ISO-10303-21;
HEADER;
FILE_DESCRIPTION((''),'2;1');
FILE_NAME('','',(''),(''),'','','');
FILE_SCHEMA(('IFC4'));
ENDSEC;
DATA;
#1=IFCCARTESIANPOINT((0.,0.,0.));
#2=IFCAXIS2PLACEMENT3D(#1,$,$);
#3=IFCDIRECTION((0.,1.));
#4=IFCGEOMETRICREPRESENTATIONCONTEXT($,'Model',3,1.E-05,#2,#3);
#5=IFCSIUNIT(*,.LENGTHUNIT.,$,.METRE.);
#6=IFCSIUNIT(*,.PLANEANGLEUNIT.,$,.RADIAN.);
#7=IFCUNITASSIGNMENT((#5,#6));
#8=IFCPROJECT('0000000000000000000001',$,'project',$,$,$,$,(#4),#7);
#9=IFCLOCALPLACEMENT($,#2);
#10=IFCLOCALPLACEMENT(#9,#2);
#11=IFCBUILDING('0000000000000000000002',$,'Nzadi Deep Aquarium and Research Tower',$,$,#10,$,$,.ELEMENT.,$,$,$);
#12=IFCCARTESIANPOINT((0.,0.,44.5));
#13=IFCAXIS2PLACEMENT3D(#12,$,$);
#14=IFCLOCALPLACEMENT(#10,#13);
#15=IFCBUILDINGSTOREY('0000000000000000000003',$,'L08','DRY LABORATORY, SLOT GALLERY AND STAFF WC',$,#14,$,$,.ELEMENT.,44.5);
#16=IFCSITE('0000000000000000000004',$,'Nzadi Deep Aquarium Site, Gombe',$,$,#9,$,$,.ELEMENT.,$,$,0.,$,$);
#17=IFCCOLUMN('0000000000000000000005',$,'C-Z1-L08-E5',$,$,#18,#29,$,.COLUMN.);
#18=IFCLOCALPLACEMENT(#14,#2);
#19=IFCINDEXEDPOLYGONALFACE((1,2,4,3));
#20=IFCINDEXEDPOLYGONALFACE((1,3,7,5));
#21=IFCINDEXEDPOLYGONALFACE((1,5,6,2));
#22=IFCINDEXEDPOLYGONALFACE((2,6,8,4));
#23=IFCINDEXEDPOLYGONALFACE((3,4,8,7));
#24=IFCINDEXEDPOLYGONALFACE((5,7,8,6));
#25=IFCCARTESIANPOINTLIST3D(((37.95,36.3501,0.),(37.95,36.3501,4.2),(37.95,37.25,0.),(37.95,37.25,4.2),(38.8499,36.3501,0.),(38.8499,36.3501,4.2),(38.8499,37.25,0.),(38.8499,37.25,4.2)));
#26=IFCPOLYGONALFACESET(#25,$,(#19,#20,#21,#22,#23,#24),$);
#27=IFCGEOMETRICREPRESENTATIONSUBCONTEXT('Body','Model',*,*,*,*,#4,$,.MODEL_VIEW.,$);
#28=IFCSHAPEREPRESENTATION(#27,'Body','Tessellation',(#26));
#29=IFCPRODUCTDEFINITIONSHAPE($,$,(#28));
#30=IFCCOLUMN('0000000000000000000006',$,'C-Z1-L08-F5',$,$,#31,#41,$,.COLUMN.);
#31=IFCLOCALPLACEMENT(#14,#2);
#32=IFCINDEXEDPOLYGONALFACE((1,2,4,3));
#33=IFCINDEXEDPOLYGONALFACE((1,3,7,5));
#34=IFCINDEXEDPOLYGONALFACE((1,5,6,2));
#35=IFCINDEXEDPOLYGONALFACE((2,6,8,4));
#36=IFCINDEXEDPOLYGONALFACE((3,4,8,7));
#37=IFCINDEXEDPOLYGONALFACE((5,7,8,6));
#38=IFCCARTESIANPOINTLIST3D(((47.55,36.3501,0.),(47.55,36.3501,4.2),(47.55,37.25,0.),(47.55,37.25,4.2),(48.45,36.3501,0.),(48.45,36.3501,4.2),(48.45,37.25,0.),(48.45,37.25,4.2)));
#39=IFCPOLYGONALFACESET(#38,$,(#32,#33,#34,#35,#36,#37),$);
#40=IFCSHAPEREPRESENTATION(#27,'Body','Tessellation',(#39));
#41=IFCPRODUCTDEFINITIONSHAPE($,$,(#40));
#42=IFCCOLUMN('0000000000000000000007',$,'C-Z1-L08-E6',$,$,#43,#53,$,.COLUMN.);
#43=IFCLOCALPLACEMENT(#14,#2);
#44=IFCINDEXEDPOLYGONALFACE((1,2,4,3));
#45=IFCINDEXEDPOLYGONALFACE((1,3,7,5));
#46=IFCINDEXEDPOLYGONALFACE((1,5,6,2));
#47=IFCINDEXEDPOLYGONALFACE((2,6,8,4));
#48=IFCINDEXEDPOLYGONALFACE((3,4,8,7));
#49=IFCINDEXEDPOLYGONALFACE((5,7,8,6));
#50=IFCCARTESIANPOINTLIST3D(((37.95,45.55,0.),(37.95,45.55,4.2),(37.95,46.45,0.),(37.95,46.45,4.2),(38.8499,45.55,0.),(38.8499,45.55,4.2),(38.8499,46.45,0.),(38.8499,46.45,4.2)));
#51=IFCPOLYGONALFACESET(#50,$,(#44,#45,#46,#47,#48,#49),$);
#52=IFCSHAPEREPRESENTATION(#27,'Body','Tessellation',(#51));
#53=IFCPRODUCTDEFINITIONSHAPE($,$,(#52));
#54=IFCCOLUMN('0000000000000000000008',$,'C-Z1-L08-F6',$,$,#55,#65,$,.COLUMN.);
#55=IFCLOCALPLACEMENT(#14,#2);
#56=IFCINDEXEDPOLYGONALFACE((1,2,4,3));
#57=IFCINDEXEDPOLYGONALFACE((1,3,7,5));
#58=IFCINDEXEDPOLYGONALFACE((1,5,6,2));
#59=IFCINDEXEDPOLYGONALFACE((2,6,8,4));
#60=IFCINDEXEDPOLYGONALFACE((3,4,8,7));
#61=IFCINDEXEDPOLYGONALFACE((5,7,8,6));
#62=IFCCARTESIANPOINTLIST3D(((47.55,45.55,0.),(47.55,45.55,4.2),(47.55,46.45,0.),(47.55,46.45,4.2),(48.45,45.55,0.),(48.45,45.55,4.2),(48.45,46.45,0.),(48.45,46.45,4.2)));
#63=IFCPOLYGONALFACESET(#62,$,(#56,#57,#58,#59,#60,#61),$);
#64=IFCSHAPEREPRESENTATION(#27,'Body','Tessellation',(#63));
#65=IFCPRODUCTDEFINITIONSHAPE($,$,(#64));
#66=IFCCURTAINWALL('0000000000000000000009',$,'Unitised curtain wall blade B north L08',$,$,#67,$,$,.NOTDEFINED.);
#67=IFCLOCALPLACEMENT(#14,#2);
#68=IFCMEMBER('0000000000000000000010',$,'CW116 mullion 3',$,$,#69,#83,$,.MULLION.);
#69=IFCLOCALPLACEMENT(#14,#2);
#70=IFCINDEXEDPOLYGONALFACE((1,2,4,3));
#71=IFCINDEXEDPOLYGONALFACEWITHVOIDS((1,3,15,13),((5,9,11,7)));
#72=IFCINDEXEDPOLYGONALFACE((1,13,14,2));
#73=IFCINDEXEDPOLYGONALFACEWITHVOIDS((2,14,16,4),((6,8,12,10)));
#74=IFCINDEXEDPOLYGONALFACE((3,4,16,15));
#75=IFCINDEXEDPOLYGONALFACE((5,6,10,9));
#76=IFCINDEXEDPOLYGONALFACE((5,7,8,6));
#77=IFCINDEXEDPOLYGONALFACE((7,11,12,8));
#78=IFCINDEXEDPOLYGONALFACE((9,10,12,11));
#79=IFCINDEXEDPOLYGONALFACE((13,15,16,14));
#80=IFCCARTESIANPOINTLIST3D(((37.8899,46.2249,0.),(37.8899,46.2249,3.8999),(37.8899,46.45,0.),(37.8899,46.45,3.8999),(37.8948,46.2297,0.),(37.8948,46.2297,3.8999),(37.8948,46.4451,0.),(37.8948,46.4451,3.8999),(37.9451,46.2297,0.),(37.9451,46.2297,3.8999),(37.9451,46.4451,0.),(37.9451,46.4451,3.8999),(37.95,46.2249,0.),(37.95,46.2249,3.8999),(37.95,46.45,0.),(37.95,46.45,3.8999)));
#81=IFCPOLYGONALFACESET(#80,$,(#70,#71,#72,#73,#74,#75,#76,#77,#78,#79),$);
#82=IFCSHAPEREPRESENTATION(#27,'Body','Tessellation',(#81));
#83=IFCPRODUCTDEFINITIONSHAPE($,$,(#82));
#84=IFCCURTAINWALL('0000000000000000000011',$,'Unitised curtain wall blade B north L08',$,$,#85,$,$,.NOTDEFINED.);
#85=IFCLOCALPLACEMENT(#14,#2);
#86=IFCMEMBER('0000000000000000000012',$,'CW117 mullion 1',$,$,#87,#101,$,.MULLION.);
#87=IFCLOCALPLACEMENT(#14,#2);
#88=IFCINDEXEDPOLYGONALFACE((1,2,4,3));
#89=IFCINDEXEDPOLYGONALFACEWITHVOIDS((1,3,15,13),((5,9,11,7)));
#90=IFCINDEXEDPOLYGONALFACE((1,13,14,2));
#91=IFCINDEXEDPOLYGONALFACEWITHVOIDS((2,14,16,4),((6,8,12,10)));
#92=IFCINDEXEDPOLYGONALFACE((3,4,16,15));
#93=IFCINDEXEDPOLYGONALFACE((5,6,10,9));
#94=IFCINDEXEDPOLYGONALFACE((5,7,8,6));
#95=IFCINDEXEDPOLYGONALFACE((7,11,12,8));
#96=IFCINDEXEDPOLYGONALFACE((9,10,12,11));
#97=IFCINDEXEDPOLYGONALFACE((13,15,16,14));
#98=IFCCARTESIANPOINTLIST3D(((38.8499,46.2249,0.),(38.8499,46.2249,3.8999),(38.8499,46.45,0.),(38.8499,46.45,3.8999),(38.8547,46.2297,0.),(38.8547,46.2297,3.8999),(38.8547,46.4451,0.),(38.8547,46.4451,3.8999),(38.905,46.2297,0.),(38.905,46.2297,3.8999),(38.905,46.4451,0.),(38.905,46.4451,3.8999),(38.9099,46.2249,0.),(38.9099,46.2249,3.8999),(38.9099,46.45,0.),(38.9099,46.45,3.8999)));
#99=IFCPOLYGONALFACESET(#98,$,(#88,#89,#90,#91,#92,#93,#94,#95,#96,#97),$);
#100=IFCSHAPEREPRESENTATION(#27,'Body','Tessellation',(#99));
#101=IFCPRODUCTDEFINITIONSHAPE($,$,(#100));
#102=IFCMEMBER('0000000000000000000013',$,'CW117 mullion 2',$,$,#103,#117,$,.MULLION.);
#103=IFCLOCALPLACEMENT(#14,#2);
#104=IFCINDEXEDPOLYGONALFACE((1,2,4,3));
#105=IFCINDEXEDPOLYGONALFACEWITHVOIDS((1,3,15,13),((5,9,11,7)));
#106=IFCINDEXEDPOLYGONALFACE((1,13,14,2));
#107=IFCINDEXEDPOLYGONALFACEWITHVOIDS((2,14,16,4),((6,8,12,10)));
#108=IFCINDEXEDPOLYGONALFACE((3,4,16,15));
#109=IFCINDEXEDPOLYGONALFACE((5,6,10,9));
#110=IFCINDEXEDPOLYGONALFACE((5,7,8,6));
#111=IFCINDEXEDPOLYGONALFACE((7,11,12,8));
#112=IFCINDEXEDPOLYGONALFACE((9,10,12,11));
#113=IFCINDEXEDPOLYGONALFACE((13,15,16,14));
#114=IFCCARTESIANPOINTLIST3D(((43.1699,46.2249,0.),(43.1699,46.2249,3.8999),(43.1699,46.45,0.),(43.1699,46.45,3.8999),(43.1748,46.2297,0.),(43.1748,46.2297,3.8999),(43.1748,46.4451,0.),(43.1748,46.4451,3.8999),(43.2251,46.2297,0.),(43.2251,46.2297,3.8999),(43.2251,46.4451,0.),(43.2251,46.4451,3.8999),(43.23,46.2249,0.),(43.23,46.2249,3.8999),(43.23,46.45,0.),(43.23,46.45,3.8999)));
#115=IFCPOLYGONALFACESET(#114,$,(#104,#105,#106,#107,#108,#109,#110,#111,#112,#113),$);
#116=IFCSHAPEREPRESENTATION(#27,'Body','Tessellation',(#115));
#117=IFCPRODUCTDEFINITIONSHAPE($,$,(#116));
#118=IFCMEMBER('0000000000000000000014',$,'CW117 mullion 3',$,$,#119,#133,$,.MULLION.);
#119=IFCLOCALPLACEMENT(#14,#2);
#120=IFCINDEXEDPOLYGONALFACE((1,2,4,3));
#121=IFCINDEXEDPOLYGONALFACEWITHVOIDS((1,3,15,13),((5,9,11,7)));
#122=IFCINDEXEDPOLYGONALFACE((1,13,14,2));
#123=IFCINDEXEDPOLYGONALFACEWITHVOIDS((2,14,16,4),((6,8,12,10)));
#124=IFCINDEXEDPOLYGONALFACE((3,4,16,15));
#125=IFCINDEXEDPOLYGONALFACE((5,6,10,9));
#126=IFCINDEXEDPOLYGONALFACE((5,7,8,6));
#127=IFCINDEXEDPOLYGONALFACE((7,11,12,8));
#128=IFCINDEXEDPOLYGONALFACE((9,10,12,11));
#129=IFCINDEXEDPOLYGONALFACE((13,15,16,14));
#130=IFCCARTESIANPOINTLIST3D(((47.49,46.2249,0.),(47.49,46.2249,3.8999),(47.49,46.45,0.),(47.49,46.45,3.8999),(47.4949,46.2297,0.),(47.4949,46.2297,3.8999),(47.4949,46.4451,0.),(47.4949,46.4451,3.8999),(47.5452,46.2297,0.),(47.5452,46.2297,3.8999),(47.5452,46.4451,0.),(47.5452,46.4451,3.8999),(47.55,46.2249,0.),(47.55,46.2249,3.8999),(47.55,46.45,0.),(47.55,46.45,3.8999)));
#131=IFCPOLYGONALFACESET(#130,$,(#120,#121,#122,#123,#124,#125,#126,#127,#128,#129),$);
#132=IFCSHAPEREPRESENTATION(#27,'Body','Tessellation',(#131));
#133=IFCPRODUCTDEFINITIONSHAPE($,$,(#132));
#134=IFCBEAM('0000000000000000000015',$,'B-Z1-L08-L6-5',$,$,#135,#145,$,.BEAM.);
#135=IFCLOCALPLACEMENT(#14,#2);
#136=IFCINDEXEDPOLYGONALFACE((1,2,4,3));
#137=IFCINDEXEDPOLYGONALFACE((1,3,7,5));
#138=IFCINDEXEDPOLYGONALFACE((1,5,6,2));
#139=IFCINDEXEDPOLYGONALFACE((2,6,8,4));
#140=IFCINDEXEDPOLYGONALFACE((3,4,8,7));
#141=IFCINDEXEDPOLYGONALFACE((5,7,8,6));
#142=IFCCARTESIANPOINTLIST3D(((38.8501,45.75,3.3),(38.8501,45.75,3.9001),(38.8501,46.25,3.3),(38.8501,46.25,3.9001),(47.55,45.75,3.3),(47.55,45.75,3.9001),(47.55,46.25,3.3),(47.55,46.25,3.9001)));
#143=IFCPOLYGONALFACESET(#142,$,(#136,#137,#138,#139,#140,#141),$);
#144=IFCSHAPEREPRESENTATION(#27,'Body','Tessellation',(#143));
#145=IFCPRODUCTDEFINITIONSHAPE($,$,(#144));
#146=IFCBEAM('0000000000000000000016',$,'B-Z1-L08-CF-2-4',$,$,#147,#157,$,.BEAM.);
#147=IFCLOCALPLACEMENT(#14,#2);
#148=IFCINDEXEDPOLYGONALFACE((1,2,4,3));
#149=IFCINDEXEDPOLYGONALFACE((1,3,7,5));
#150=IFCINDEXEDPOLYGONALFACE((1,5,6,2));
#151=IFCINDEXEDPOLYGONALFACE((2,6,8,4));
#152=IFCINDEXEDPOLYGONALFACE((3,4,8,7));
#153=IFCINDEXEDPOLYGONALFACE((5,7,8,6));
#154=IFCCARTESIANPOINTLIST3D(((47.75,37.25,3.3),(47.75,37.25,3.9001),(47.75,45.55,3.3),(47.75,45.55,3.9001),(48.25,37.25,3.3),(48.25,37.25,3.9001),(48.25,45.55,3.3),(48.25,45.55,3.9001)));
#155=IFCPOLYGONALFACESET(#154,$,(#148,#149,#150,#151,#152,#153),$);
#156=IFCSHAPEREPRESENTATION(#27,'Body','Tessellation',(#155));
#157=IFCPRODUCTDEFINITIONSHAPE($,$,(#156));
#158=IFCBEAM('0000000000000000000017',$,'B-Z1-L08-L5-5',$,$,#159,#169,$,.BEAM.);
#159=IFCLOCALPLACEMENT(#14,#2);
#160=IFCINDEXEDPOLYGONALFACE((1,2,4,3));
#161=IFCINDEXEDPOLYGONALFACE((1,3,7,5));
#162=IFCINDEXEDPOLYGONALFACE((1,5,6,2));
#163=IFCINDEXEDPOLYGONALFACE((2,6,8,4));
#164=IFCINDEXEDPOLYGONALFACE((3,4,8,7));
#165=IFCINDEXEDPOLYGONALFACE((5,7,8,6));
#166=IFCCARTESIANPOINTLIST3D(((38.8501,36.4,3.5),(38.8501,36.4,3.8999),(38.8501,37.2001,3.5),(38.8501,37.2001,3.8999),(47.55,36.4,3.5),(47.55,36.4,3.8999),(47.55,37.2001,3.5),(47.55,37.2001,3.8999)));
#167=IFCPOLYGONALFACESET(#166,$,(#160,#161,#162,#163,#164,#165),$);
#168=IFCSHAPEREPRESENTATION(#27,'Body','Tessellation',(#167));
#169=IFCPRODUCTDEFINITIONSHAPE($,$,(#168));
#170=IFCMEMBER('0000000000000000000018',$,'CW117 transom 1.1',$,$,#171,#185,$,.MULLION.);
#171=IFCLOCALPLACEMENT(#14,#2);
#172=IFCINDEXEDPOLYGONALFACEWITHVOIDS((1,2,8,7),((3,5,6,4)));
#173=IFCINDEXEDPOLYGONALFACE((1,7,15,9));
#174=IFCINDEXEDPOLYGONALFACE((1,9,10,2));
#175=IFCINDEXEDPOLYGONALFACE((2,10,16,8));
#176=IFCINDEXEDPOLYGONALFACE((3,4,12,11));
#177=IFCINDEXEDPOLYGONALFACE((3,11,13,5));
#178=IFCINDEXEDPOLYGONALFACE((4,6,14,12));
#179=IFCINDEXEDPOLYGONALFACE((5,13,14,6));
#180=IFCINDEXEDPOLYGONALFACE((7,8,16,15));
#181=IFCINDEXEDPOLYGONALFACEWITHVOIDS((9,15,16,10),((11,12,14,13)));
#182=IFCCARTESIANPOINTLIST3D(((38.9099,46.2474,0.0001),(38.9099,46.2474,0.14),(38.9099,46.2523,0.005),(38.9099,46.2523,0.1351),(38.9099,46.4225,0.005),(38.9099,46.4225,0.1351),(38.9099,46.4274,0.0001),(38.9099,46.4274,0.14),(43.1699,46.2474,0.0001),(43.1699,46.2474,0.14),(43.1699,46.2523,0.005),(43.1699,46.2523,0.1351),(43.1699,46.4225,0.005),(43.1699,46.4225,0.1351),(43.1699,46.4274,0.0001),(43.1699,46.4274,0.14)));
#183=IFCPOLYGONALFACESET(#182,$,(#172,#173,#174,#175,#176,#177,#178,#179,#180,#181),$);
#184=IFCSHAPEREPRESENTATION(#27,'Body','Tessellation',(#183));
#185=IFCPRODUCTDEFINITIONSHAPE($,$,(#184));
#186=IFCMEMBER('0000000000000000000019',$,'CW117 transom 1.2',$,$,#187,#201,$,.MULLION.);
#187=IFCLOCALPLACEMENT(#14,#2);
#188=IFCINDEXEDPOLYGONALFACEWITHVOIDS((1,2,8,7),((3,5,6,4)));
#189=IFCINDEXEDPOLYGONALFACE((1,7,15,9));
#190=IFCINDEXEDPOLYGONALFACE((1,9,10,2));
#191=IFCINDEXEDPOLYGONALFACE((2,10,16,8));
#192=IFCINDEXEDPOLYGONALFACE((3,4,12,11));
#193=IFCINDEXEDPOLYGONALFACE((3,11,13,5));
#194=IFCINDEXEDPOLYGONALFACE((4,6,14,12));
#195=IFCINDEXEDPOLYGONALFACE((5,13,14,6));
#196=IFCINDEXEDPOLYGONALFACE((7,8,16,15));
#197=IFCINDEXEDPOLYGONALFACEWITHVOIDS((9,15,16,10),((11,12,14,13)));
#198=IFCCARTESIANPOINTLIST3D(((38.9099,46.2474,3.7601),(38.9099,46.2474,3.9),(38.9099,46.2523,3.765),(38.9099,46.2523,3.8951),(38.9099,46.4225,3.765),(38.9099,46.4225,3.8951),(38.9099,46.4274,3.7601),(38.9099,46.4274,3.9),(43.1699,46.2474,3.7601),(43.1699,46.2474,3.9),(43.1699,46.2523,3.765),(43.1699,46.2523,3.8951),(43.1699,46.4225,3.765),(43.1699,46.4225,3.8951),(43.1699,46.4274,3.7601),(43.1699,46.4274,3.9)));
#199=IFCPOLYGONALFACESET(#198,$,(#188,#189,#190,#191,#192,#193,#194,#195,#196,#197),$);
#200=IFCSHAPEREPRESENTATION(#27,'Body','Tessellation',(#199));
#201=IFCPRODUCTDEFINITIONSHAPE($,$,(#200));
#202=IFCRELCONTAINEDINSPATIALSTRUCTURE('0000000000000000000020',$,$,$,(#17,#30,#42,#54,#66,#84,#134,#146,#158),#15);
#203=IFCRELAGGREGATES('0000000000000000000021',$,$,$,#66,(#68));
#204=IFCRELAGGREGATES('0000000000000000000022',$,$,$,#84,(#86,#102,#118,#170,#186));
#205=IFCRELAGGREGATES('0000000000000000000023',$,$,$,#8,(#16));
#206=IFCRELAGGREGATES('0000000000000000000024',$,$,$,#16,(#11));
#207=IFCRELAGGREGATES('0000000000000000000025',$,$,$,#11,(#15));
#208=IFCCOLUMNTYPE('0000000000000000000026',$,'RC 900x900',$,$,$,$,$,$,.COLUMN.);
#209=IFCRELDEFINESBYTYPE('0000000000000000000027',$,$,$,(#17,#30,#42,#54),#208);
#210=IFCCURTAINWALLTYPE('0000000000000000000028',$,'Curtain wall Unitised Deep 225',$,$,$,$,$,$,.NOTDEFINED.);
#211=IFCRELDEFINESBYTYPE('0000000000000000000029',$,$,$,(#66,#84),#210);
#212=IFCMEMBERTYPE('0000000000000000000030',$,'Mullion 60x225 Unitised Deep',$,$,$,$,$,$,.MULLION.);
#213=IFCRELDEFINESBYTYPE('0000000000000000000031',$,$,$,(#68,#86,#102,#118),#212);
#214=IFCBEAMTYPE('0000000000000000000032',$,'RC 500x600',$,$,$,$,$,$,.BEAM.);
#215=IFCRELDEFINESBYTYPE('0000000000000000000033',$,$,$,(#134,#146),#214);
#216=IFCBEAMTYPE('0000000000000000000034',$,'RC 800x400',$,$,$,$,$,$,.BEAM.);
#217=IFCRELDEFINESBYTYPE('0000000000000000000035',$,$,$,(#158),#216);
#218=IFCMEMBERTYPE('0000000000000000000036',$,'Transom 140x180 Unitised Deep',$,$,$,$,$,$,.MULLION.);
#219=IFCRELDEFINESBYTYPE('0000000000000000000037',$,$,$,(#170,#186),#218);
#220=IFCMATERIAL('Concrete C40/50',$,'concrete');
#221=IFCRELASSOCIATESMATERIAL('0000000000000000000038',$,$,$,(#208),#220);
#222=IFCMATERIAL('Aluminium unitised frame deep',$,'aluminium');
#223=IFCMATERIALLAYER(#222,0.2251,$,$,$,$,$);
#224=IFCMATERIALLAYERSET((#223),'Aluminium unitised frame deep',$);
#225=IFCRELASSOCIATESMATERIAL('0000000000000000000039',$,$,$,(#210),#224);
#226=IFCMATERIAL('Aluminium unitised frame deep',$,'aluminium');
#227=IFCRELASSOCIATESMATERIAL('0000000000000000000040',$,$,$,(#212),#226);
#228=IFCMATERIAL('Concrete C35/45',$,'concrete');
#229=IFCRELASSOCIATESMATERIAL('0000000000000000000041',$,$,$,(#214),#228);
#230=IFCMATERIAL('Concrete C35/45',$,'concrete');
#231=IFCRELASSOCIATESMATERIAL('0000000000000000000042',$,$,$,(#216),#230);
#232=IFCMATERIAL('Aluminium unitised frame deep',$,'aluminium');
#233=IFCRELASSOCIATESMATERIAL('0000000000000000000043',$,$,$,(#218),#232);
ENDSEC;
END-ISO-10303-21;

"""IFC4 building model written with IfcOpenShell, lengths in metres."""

from ifc_helpers import new_model, si_unit, direction, frame, origin, origin_2d, place, context, subcontext, project, spatial, rectangle, hollow_rectangle, extrude, material, layer, layer_set, material_profile, profile_set, type_object, element, aggregate, save


model = new_model("IFC4")

# Units and contexts
model_context = context("Model", 3, precision=1e-05, world=origin(), true_north=direction((0.0, 1.0)))
body_context = subcontext(model_context, "Body", "Model", "MODEL_VIEW")
ifc_project = project(units=[si_unit("LENGTHUNIT", "METRE"), si_unit("PLANEANGLEUNIT", "RADIAN")], contexts=[model_context])

# Site, building, storey
site_placement = place(None, origin())
site = spatial("IfcSite", under=ifc_project, at=site_placement, Name="Nzadi Deep Aquarium Site, Gombe", CompositionType="ELEMENT", RefElevation=0.0)
building_placement = place(site_placement, origin())
building = spatial("IfcBuilding", under=site, at=building_placement, Name="Nzadi Deep Aquarium and Research Tower", CompositionType="ELEMENT")
storey_placement = place(building_placement, frame((0.0, 0.0, 44.5)))
storey = spatial("IfcBuildingStorey", under=building, at=storey_placement, Name="L08", Description="DRY LABORATORY, SLOT GALLERY AND STAFF WC", CompositionType="ELEMENT", Elevation=44.5)

# Columns
ifc_material_1 = material(Name="Concrete C40/50", Category="concrete")
ifc_material_profile_1 = material_profile(ifc_material_1, rectangle(XDim=0.8999, YDim=0.8999, at=origin_2d()))
ifc_profile_set_1 = profile_set([ifc_material_profile_1], Name="Concrete C40/50")
column_type = type_object("IfcColumnType", Name="RC 900x900", PredefinedType="COLUMN", material=ifc_profile_set_1)
for number, where, z_axis, x_axis, name in (
    (1, (38.3999, 36.8, 0.0), (0.0, 0.0, 1.0), (1.0, 0.0, 0.0), "C-Z1-L08-E5"),
    (2, (48.0, 36.8, 0.0), (0.0, 0.0, 1.0), (1.0, 0.0, 0.0), "C-Z1-L08-F5"),
    (3, (38.3999, 46.0, 0.0), (0.0, 0.0, 1.0), (1.0, 0.0, 0.0), "C-Z1-L08-E6"),
    (4, (48.0, 46.0, 0.0), (0.0, 0.0, 1.0), (1.0, 0.0, 0.0), "C-Z1-L08-F6"),
):
    element("IfcColumn", number, at=place(storey_placement, frame(where, z_axis=z_axis, x_axis=x_axis)), inside=storey, type_object=column_type, Name=name, PredefinedType="COLUMN", context=body_context, shape_type="SweptSolid", body=[
        extrude(rectangle(XDim=0.8999, YDim=0.8999, at=origin_2d()), origin(), (0.0, 0.0, 1.0), 4.2),
    ])

# Curtain wall, member
ifc_material_2 = material(Name="Aluminium unitised frame deep", Category="aluminium")
ifc_layer_1 = layer(ifc_material_2, 0.2251)
ifc_layer_set_1 = layer_set([ifc_layer_1], Name="Aluminium unitised frame deep")
curtain_wall_type = type_object("IfcCurtainWallType", Name="Curtain wall Unitised Deep 225", PredefinedType="NOTDEFINED", material=ifc_layer_set_1)
curtain_wall_1_placement = place(storey_placement, origin())
curtain_wall_1 = element("IfcCurtainWall", 5, at=curtain_wall_1_placement, inside=storey, type_object=curtain_wall_type, Name="Unitised curtain wall blade B north L08", PredefinedType="NOTDEFINED")
ifc_material_3 = material(Name="Aluminium unitised frame deep", Category="aluminium")
ifc_material_profile_2 = material_profile(ifc_material_3, hollow_rectangle(XDim=0.2251, YDim=0.0601, WallThickness=0.0049, at=origin_2d()))
ifc_profile_set_2 = profile_set([ifc_material_profile_2], Name="Aluminium unitised frame deep")
member_type_1 = type_object("IfcMemberType", Name="Mullion 60x225 Unitised Deep", PredefinedType="MULLION", material=ifc_profile_set_2)
member_1_placement = place(storey_placement, frame((37.9199, 46.3374, 0.0), z_axis=(0.0, 0.0, 1.0), x_axis=(0.0, 1.0, 0.0)))
member_1 = element("IfcMember", 6, at=member_1_placement, type_object=member_type_1, Name="CW116 mullion 3", PredefinedType="MULLION", context=body_context, shape_type="SweptSolid", body=[
    extrude(hollow_rectangle(XDim=0.2251, YDim=0.0601, WallThickness=0.0049, at=origin_2d()), origin(), (0.0, 0.0, 1.0), 3.8999),
])

# Curtain wall, members
curtain_wall_2_placement = place(storey_placement, origin())
curtain_wall_2 = element("IfcCurtainWall", 7, at=curtain_wall_2_placement, inside=storey, type_object=curtain_wall_type, Name="Unitised curtain wall blade B north L08", PredefinedType="NOTDEFINED")
member_2_placement = place(storey_placement, frame((38.8799, 46.3374, 0.0), z_axis=(0.0, 0.0, 1.0), x_axis=(0.0, 1.0, 0.0)))
member_2 = element("IfcMember", 8, at=member_2_placement, type_object=member_type_1, Name="CW117 mullion 1", PredefinedType="MULLION", context=body_context, shape_type="SweptSolid", body=[
    extrude(hollow_rectangle(XDim=0.2251, YDim=0.0601, WallThickness=0.0049, at=origin_2d()), origin(), (0.0, 0.0, 1.0), 3.8999),
])
member_3_placement = place(storey_placement, frame((43.2, 46.3374, 0.0), z_axis=(0.0, 0.0, 1.0), x_axis=(0.0, 1.0, 0.0)))
member_3 = element("IfcMember", 9, at=member_3_placement, type_object=member_type_1, Name="CW117 mullion 2", PredefinedType="MULLION", context=body_context, shape_type="SweptSolid", body=[
    extrude(hollow_rectangle(XDim=0.2251, YDim=0.0601, WallThickness=0.0049, at=origin_2d()), origin(), (0.0, 0.0, 1.0), 3.8999),
])
member_4_placement = place(storey_placement, frame((47.52, 46.3374, 0.0), z_axis=(0.0, 0.0, 1.0), x_axis=(0.0, 1.0, 0.0)))
member_4 = element("IfcMember", 10, at=member_4_placement, type_object=member_type_1, Name="CW117 mullion 3", PredefinedType="MULLION", context=body_context, shape_type="SweptSolid", body=[
    extrude(hollow_rectangle(XDim=0.2251, YDim=0.0601, WallThickness=0.0049, at=origin_2d()), origin(), (0.0, 0.0, 1.0), 3.8999),
])

# Beams
ifc_material_4 = material(Name="Concrete C35/45", Category="concrete")
ifc_material_profile_3 = material_profile(ifc_material_4, rectangle(XDim=0.5, YDim=0.6001, at=origin_2d()))
ifc_profile_set_3 = profile_set([ifc_material_profile_3], Name="Concrete C35/45")
beam_type_1 = type_object("IfcBeamType", Name="RC 500x600", PredefinedType="BEAM", material=ifc_profile_set_3)
beam_1_placement = place(storey_placement, frame((38.8501, 46.0, 3.6001), z_axis=(1.0, 0.0, 0.0), x_axis=(0.0, 1.0, 0.0)))
element("IfcBeam", 11, at=beam_1_placement, inside=storey, type_object=beam_type_1, Name="B-Z1-L08-L6-5", PredefinedType="BEAM", context=body_context, shape_type="SweptSolid", body=[
    extrude(rectangle(XDim=0.5, YDim=0.6001, at=origin_2d()), origin(), (0.0, 0.0, 1.0), 8.7),
])
beam_2_placement = place(storey_placement, frame((48.0, 37.25, 3.6001), z_axis=(0.0, 1.0, 0.0), x_axis=(-1.0, 0.0, 0.0)))
element("IfcBeam", 12, at=beam_2_placement, inside=storey, type_object=beam_type_1, Name="B-Z1-L08-CF-2-4", PredefinedType="BEAM", context=body_context, shape_type="SweptSolid", body=[
    extrude(rectangle(XDim=0.5, YDim=0.6001, at=origin_2d()), origin(), (0.0, 0.0, 1.0), 8.3),
])
ifc_material_5 = material(Name="Concrete C35/45", Category="concrete")
ifc_material_profile_4 = material_profile(ifc_material_5, rectangle(XDim=0.8, YDim=0.3999, at=origin_2d()))
ifc_profile_set_4 = profile_set([ifc_material_profile_4], Name="Concrete C35/45")
beam_type_2 = type_object("IfcBeamType", Name="RC 800x400", PredefinedType="BEAM", material=ifc_profile_set_4)
beam_3_placement = place(storey_placement, frame((38.8501, 36.8, 3.7), z_axis=(1.0, 0.0, 0.0), x_axis=(0.0, 1.0, 0.0)))
element("IfcBeam", 13, at=beam_3_placement, inside=storey, type_object=beam_type_2, Name="B-Z1-L08-L5-5", PredefinedType="BEAM", context=body_context, shape_type="SweptSolid", body=[
    extrude(rectangle(XDim=0.8, YDim=0.3999, at=origin_2d()), origin(), (0.0, 0.0, 1.0), 8.7),
])

# Members
ifc_material_6 = material(Name="Aluminium unitised frame deep", Category="aluminium")
ifc_material_profile_5 = material_profile(ifc_material_6, hollow_rectangle(XDim=0.1799, YDim=0.1399, WallThickness=0.0049, at=origin_2d()))
ifc_profile_set_5 = profile_set([ifc_material_profile_5], Name="Aluminium unitised frame deep")
member_type_2 = type_object("IfcMemberType", Name="Transom 140x180 Unitised Deep", PredefinedType="MULLION", material=ifc_profile_set_5)
member_5_placement = place(storey_placement, frame((38.9099, 46.3374, 0.0701), z_axis=(1.0, 0.0, 0.0), x_axis=(0.0, 1.0, 0.0)))
member_5 = element("IfcMember", 14, at=member_5_placement, type_object=member_type_2, Name="CW117 transom 1.1", PredefinedType="MULLION", context=body_context, shape_type="SweptSolid", body=[
    extrude(hollow_rectangle(XDim=0.1799, YDim=0.1399, WallThickness=0.0049, at=origin_2d()), origin(), (0.0, 0.0, 1.0), 4.26),
])
member_6_placement = place(storey_placement, frame((38.9099, 46.3374, 3.8301), z_axis=(1.0, 0.0, 0.0), x_axis=(0.0, 1.0, 0.0)))
member_6 = element("IfcMember", 15, at=member_6_placement, type_object=member_type_2, Name="CW117 transom 1.2", PredefinedType="MULLION", context=body_context, shape_type="SweptSolid", body=[
    extrude(hollow_rectangle(XDim=0.1799, YDim=0.1399, WallThickness=0.0049, at=origin_2d()), origin(), (0.0, 0.0, 1.0), 4.26),
])

aggregate(curtain_wall_1, [member_1])
aggregate(curtain_wall_2, [member_2, member_3, member_4, member_5, member_6])

save(model, "model.ifc")
